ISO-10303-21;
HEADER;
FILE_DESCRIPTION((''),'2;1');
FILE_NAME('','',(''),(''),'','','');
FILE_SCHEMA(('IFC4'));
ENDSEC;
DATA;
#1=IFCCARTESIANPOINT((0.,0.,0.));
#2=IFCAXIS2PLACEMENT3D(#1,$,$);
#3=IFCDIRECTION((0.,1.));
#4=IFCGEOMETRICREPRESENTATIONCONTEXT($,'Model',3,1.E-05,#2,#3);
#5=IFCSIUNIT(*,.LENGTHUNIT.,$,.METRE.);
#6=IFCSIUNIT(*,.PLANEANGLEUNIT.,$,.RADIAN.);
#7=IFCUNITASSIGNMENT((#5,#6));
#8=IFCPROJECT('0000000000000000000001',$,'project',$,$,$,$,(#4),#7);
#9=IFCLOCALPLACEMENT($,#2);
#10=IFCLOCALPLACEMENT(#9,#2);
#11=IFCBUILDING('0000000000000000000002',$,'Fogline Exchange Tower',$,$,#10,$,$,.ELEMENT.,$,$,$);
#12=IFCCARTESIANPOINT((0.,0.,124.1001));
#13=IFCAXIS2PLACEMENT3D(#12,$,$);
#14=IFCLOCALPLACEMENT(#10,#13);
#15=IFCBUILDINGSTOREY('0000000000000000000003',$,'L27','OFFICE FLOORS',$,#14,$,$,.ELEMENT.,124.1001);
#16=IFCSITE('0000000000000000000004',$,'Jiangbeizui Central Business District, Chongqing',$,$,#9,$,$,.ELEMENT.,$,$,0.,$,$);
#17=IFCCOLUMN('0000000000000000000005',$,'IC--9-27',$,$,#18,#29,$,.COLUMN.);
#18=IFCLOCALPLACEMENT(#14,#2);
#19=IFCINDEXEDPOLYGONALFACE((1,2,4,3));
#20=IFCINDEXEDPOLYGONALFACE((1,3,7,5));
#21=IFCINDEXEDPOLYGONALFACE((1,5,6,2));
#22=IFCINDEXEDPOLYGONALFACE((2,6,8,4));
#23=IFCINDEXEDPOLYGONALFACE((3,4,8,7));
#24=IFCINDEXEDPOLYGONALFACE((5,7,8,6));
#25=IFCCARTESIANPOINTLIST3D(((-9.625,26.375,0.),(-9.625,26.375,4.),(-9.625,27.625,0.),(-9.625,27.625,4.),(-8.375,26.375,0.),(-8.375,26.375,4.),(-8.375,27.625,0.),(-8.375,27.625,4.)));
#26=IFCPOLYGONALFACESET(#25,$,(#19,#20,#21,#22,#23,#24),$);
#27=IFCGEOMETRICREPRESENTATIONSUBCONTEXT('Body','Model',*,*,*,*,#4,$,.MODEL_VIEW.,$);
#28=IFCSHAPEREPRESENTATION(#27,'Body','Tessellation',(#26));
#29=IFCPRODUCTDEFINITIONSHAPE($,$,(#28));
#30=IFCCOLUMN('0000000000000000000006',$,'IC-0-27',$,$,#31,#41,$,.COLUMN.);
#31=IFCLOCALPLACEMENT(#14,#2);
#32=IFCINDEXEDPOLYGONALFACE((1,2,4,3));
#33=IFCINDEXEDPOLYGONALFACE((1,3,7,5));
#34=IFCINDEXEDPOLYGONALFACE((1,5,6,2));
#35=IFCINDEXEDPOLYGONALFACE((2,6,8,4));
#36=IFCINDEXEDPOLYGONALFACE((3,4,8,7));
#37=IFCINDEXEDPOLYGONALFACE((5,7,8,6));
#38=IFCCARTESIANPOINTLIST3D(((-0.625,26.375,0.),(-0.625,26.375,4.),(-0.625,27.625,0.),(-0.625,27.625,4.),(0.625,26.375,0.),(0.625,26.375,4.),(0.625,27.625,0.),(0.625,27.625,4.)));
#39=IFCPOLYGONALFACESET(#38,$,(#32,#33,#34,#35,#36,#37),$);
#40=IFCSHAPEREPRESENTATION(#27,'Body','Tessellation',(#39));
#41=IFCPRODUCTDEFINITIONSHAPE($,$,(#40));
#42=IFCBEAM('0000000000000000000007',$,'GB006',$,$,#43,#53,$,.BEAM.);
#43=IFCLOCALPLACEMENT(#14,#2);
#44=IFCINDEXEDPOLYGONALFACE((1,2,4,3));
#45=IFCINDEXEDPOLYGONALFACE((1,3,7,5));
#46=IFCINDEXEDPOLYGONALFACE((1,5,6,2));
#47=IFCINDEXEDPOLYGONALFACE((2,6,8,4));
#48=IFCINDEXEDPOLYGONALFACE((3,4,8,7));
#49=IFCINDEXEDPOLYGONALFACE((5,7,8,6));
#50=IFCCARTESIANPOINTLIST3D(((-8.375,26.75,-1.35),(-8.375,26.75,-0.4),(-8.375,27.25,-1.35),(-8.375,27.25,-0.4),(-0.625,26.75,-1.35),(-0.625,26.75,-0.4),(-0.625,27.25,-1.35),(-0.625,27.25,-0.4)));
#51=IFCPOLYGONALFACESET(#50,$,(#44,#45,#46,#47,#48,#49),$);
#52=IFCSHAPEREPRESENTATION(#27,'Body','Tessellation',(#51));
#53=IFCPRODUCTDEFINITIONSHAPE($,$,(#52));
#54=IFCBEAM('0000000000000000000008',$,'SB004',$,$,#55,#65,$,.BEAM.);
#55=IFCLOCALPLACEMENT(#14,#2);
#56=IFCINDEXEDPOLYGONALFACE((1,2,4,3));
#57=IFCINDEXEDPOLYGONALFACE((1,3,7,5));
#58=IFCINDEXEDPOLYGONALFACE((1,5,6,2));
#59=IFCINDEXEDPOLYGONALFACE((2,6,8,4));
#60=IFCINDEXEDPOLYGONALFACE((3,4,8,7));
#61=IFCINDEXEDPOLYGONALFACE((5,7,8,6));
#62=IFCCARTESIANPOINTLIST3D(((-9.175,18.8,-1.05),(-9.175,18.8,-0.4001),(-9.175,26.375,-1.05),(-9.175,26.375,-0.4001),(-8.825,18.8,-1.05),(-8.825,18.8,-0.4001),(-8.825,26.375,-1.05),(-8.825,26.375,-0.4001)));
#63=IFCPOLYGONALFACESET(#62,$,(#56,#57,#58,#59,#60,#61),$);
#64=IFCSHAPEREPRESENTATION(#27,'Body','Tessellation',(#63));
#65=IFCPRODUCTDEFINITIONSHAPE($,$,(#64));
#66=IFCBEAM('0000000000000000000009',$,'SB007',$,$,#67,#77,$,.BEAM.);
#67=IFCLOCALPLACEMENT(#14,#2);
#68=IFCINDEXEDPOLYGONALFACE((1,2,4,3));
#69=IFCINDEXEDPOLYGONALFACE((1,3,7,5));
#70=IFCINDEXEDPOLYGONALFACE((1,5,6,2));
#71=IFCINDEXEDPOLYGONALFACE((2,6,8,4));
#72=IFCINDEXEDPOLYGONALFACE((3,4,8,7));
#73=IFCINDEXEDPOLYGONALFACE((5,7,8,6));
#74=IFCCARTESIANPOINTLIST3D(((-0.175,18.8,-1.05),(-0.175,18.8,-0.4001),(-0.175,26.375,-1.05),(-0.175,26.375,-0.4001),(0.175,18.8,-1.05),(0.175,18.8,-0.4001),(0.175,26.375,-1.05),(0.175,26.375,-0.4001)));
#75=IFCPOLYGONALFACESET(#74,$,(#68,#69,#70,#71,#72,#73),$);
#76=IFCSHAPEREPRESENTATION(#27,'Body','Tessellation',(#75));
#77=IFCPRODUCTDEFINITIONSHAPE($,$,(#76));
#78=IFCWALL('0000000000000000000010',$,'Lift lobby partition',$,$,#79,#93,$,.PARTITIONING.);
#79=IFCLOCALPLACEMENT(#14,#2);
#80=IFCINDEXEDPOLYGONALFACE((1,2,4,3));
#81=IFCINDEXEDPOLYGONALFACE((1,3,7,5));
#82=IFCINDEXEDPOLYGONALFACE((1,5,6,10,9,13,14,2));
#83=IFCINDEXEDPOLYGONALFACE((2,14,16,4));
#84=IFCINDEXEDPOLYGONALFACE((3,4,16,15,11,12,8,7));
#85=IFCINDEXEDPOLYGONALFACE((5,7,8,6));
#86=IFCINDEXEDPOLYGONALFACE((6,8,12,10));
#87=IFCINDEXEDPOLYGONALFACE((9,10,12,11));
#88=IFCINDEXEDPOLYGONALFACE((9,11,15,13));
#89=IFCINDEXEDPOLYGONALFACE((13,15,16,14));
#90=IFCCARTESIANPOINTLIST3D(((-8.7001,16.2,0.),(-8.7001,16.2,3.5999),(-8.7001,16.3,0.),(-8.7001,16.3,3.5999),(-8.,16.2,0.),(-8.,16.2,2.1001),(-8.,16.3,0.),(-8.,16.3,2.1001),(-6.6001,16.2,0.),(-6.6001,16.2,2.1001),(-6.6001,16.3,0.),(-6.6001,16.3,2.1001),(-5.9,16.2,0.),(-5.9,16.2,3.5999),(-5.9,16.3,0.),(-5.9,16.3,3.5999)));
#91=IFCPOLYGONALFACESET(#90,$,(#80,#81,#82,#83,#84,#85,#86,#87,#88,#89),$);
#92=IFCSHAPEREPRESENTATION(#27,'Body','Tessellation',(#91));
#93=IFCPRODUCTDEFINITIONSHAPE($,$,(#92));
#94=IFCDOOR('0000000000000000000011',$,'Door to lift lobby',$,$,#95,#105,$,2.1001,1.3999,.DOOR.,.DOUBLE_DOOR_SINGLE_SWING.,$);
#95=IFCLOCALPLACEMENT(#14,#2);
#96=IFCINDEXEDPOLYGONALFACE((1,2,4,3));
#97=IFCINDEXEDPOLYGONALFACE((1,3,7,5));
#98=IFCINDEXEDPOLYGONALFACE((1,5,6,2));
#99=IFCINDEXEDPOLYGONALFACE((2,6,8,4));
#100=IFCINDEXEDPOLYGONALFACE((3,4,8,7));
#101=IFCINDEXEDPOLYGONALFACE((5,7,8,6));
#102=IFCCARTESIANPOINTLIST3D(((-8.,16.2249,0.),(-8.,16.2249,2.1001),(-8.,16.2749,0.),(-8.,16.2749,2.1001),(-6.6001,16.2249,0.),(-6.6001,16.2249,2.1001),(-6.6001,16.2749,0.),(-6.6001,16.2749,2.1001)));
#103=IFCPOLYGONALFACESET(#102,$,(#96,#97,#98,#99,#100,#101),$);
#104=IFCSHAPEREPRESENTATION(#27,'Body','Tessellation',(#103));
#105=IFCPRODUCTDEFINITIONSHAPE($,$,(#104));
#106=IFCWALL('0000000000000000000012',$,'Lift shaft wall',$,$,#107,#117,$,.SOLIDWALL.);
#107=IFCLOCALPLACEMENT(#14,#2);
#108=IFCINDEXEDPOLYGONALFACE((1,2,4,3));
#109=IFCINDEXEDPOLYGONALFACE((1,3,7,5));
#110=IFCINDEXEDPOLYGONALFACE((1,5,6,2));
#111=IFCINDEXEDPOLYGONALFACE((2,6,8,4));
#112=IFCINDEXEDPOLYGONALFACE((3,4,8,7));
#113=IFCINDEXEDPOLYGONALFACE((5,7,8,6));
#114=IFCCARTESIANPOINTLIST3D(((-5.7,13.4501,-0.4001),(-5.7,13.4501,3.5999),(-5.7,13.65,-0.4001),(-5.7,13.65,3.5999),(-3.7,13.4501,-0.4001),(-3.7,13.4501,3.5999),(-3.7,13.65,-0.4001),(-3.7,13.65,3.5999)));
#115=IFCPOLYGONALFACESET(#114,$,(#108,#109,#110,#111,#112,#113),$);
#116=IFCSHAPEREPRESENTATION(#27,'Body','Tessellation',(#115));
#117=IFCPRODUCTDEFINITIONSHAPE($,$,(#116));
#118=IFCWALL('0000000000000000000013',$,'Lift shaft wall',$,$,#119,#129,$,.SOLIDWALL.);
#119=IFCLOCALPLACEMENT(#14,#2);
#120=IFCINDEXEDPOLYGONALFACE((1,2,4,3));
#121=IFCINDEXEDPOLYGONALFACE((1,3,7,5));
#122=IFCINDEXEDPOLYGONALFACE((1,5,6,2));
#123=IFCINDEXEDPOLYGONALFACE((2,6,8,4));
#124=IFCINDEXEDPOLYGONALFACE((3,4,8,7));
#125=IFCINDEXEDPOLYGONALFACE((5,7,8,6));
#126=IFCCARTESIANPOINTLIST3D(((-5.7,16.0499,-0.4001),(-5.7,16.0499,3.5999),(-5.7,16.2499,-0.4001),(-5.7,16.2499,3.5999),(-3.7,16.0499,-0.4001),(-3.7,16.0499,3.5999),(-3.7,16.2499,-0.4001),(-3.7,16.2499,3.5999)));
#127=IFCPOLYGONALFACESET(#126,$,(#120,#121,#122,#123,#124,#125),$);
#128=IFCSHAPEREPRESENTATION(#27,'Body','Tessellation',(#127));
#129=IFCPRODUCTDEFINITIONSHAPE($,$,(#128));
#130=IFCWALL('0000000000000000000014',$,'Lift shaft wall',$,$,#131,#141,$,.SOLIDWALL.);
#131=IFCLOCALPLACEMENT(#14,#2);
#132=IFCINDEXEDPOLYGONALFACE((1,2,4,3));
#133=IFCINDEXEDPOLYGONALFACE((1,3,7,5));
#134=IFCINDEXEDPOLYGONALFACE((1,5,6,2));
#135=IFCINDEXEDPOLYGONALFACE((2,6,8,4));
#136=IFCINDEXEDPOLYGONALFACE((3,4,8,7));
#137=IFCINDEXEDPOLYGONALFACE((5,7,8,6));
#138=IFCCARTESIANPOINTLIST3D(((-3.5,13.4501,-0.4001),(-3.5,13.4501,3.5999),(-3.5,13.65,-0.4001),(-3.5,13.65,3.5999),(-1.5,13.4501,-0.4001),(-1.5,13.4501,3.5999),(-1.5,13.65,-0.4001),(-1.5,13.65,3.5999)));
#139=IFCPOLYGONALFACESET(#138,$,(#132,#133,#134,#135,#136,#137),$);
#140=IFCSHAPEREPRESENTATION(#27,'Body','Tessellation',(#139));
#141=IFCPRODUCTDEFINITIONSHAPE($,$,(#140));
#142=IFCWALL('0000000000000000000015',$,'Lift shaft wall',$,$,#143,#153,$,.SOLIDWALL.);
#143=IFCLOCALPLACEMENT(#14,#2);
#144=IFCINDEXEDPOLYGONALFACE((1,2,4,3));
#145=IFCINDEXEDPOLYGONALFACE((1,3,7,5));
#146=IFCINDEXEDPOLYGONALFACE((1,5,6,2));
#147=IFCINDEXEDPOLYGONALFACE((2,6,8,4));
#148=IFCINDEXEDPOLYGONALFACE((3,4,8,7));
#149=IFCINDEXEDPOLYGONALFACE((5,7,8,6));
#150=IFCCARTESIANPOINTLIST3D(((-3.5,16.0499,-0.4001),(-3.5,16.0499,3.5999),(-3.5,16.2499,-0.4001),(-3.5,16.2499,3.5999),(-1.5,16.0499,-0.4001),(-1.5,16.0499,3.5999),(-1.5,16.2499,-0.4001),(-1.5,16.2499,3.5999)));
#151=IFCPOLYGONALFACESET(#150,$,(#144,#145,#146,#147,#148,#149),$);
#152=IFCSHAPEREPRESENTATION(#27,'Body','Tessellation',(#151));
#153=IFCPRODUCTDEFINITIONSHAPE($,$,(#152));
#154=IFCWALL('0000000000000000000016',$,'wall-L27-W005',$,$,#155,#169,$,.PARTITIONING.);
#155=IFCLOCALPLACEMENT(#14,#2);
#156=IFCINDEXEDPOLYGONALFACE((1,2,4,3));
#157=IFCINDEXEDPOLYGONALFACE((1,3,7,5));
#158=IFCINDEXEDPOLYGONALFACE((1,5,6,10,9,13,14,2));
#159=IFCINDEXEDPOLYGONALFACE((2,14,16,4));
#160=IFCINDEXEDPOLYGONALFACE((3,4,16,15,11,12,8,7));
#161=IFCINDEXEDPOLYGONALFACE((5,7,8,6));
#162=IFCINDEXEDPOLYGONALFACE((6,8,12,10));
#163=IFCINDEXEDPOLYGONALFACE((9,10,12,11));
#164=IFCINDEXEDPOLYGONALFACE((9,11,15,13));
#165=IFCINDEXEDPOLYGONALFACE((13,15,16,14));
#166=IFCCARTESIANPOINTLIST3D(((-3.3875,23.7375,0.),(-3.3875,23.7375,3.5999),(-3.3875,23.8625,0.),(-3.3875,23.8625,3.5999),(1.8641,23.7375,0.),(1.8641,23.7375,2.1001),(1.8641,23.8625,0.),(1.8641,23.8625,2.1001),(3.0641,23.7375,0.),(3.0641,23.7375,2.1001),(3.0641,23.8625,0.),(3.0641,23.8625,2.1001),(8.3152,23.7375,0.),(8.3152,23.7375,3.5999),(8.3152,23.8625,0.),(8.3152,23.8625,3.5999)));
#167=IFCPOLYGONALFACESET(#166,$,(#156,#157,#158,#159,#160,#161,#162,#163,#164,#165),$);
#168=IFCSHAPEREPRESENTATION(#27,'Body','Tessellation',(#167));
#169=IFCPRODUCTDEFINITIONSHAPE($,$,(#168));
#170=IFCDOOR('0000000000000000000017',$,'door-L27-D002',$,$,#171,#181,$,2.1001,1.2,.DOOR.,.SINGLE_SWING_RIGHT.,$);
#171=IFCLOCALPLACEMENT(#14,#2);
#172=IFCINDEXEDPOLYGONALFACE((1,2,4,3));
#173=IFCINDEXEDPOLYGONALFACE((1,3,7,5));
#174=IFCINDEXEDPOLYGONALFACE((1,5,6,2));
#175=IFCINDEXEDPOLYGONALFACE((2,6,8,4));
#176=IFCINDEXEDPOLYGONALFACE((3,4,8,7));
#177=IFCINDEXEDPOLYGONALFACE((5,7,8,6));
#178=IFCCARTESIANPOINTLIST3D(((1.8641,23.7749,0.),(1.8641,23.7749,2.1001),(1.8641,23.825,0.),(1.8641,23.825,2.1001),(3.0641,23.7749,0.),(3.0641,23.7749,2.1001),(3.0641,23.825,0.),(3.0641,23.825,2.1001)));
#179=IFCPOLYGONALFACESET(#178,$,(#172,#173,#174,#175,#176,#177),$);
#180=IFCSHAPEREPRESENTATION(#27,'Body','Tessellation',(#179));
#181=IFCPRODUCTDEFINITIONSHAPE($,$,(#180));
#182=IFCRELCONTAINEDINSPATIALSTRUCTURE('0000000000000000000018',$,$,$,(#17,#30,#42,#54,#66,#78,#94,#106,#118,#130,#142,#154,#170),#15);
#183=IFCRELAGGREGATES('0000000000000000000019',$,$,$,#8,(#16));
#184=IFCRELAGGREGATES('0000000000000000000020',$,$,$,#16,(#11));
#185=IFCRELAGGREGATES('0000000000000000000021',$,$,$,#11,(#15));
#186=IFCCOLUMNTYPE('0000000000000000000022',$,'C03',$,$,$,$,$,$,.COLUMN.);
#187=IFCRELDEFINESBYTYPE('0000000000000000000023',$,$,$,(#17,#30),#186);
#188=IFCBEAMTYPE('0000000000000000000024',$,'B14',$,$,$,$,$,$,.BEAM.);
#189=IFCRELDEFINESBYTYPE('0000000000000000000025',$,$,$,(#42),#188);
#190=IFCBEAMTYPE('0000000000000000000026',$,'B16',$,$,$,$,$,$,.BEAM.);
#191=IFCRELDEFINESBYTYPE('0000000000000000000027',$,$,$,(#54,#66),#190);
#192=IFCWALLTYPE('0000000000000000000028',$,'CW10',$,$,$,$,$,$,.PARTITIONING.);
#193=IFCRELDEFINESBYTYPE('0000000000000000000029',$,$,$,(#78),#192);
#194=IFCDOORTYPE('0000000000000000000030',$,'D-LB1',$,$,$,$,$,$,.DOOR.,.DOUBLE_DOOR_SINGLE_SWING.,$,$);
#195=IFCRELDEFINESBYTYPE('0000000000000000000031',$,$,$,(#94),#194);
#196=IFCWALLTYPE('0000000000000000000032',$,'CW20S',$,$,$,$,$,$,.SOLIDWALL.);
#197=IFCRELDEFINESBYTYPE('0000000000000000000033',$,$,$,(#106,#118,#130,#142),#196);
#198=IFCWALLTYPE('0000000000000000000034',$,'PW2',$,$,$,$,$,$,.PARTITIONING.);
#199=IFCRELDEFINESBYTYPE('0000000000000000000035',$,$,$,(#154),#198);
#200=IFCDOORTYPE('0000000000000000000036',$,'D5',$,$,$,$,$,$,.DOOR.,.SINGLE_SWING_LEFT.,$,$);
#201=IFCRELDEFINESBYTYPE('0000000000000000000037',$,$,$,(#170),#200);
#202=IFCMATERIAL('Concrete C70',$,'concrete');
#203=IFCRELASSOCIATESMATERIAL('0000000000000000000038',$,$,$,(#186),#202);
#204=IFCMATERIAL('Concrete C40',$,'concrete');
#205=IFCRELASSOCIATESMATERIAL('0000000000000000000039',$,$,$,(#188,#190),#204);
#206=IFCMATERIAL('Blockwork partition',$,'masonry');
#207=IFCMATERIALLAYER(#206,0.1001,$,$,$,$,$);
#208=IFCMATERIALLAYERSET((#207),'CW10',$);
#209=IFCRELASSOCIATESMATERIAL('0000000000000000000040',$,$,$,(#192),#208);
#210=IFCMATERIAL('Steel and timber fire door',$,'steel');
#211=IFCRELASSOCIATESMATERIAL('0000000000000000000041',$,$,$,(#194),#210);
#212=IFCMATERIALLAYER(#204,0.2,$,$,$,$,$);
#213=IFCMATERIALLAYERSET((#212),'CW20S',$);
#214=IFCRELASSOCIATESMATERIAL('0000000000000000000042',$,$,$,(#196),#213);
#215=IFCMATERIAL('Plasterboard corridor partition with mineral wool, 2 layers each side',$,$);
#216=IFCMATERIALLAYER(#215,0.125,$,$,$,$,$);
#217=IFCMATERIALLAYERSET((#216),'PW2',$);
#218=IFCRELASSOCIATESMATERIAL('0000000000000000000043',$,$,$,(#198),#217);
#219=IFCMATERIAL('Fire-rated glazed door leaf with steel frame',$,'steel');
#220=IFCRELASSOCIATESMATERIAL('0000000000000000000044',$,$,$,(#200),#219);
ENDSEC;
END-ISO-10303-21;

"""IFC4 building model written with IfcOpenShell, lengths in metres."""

from ifc_helpers import new_model, si_unit, direction, frame, frame_2d, origin, origin_2d, place, context, subcontext, project, spatial, rectangle, extrude, material, layer, layer_set, material_profile, profile_set, type_object, element, fill, save


model = new_model("IFC4")

# Units and contexts
model_context = context("Model", 3, precision=1e-05, world=origin(), true_north=direction((0.0, 1.0)))
body_context = subcontext(model_context, "Body", "Model", "MODEL_VIEW")
ifc_project = project(units=[si_unit("LENGTHUNIT", "METRE"), si_unit("PLANEANGLEUNIT", "RADIAN")], contexts=[model_context])

# Site, building, storey
site_placement = place(None, origin())
site = spatial("IfcSite", under=ifc_project, at=site_placement, Name="Jiangbeizui Central Business District, Chongqing", CompositionType="ELEMENT", RefElevation=0.0)
building_placement = place(site_placement, origin())
building = spatial("IfcBuilding", under=site, at=building_placement, Name="Fogline Exchange Tower", CompositionType="ELEMENT")
storey_placement = place(building_placement, frame((0.0, 0.0, 124.1001)))
storey = spatial("IfcBuildingStorey", under=building, at=storey_placement, Name="L27", Description="OFFICE FLOORS", CompositionType="ELEMENT", Elevation=124.1001)

# Columns
ifc_material_1 = material(Name="Concrete C70", Category="concrete")
ifc_material_profile_1 = material_profile(ifc_material_1, rectangle(XDim=1.25, YDim=1.25, at=origin_2d()), Name="RC 1250x1250")
ifc_profile_set_1 = profile_set([ifc_material_profile_1], Name="Concrete C70")
column_type = type_object("IfcColumnType", Name="C03", PredefinedType="COLUMN", material=ifc_profile_set_1)
for number, where, z_axis, x_axis, name in (
    (1, (-9.0, 27.0, 0.0), (0.0, 0.0, 1.0), (1.0, 0.0, 0.0), "IC--9-27"),
    (2, (0.0, 27.0, 0.0), (0.0, 0.0, 1.0), (1.0, 0.0, 0.0), "IC-0-27"),
):
    element("IfcColumn", number, at=place(storey_placement, frame(where, z_axis=z_axis, x_axis=x_axis)), inside=storey, type_object=column_type, Name=name, PredefinedType="COLUMN", context=body_context, shape_type="SweptSolid", body=[
        extrude(rectangle(XDim=1.25, YDim=1.25, at=origin_2d()), origin(), (0.0, 0.0, 1.0), 4.0),
    ])

# Beams
ifc_material_2 = material(Name="Concrete C40", Category="concrete")
ifc_material_profile_2 = material_profile(ifc_material_2, rectangle(XDim=0.5, YDim=0.95, at=origin_2d()), Name="RC 500x950")
ifc_profile_set_2 = profile_set([ifc_material_profile_2], Name="Concrete C40")
beam_type_1 = type_object("IfcBeamType", Name="B14", PredefinedType="BEAM", material=ifc_profile_set_2)
beam_placement = place(storey_placement, frame((-8.375, 27.0, -0.875), z_axis=(1.0, 0.0, 0.0), x_axis=(0.0, 1.0, 0.0)))
element("IfcBeam", 3, at=beam_placement, inside=storey, type_object=beam_type_1, Name="GB006", PredefinedType="BEAM", context=body_context, shape_type="SweptSolid", body=[
    extrude(rectangle(XDim=0.5, YDim=0.95, at=origin_2d()), origin(), (0.0, 0.0, 1.0), 7.75),
])
ifc_material_profile_3 = material_profile(ifc_material_2, rectangle(XDim=0.3501, YDim=0.6499, at=origin_2d()), Name="RC 350x650")
ifc_profile_set_3 = profile_set([ifc_material_profile_3], Name="Concrete C40")
beam_type_2 = type_object("IfcBeamType", Name="B16", PredefinedType="BEAM", material=ifc_profile_set_3)
for number, where, z_axis, x_axis, name in (
    (4, (-9.0, 18.8, -0.7251), (0.0, 1.0, 0.0), (-1.0, 0.0, 0.0), "SB004"),
    (5, (0.0, 18.8, -0.7251), (0.0, 1.0, 0.0), (-1.0, 0.0, 0.0), "SB007"),
):
    element("IfcBeam", number, at=place(storey_placement, frame(where, z_axis=z_axis, x_axis=x_axis)), inside=storey, type_object=beam_type_2, Name=name, PredefinedType="BEAM", context=body_context, shape_type="SweptSolid", body=[
        extrude(rectangle(XDim=0.3501, YDim=0.6499, at=origin_2d()), origin(), (0.0, 0.0, 1.0), 7.575),
    ])

# Wall, opening, door
ifc_material_3 = material(Name="Blockwork partition", Category="masonry")
ifc_layer_1 = layer(ifc_material_3, 0.1001)
ifc_layer_set_1 = layer_set([ifc_layer_1], Name="CW10")
wall_type_1 = type_object("IfcWallType", Name="CW10", PredefinedType="PARTITIONING", material=ifc_layer_set_1)
wall_1_placement = place(storey_placement, frame((-8.7, 16.25, 0.0), z_axis=(0.0, 0.0, 1.0), x_axis=(1.0, 0.0, 0.0)))
wall_1 = element("IfcWall", 6, at=wall_1_placement, inside=storey, type_object=wall_type_1, Name="Lift lobby partition", PredefinedType="PARTITIONING", context=body_context, shape_type="SweptSolid", body=[
    extrude(rectangle(XDim=2.8, YDim=0.1001, at=frame_2d((1.3999, 0.0))), origin(), (0.0, 0.0, 1.0), 3.5999),
])
opening_1_placement = place(wall_1_placement, frame((0.7, 0.0, 0.0)))
opening_1 = element("IfcOpeningElement", 7, at=opening_1_placement, cuts=wall_1, PredefinedType="OPENING", context=body_context, shape_type="SweptSolid", body=[
    extrude(rectangle(XDim=1.3999, YDim=2.1001, at=frame_2d((0.7, 1.05))), frame((0.0, 0.0601, 0.0), z_axis=(0.0, -1.0, 0.0), x_axis=(1.0, 0.0, 0.0)), (0.0, 0.0, 1.0), 0.1201),
])
ifc_material_4 = material(Name="Steel and timber fire door", Category="steel")
door_type_1 = type_object("IfcDoorType", Name="D-LB1", OperationType="DOUBLE_DOOR_SINGLE_SWING", PredefinedType="DOOR", material=ifc_material_4)
door_1_placement = place(opening_1_placement, origin())
door_1 = element("IfcDoor", 8, at=door_1_placement, inside=storey, type_object=door_type_1, Name="Door to lift lobby", OperationType="DOUBLE_DOOR_SINGLE_SWING", OverallHeight=2.1001, OverallWidth=1.3999, PredefinedType="DOOR", context=body_context, shape_type="SweptSolid", body=[
    extrude(rectangle(XDim=1.3999, YDim=2.1001, at=frame_2d((0.7, 1.05))), frame((0.0, 0.0249, 0.0), z_axis=(0.0, -1.0, 0.0), x_axis=(1.0, 0.0, 0.0)), (0.0, 0.0, 1.0), 0.05),
])
fill(opening_1, door_1)

# Walls
ifc_layer_2 = layer(ifc_material_2, 0.2)
ifc_layer_set_2 = layer_set([ifc_layer_2], Name="CW20S")
wall_type_2 = type_object("IfcWallType", Name="CW20S", PredefinedType="SOLIDWALL", material=ifc_layer_set_2)
for number, where, z_axis, x_axis, name in (
    (9, (-5.7, 13.55, -0.4001), (0.0, 0.0, 1.0), (1.0, 0.0, 0.0), "Lift shaft wall"),
    (10, (-5.7, 16.1499, -0.4001), (0.0, 0.0, 1.0), (1.0, 0.0, 0.0), "Lift shaft wall"),
    (11, (-3.5, 13.55, -0.4001), (0.0, 0.0, 1.0), (1.0, 0.0, 0.0), "Lift shaft wall"),
    (12, (-3.5, 16.1499, -0.4001), (0.0, 0.0, 1.0), (1.0, 0.0, 0.0), "Lift shaft wall"),
):
    element("IfcWall", number, at=place(storey_placement, frame(where, z_axis=z_axis, x_axis=x_axis)), inside=storey, type_object=wall_type_2, Name=name, PredefinedType="SOLIDWALL", context=body_context, shape_type="SweptSolid", body=[
        extrude(rectangle(XDim=2.0, YDim=0.2, at=frame_2d((1.0, 0.0))), origin(), (0.0, 0.0, 1.0), 4.0),
    ])

# Wall, opening, door
ifc_material_5 = material(Name="Plasterboard corridor partition with mineral wool, 2 layers each side")
ifc_layer_3 = layer(ifc_material_5, 0.125)
ifc_layer_set_3 = layer_set([ifc_layer_3], Name="PW2")
wall_type_3 = type_object("IfcWallType", Name="PW2", PredefinedType="PARTITIONING", material=ifc_layer_set_3)
wall_2_placement = place(storey_placement, frame((-3.3875, 23.8, 0.0), z_axis=(0.0, 0.0, 1.0), x_axis=(1.0, 0.0, 0.0)))
wall_2 = element("IfcWall", 13, at=wall_2_placement, inside=storey, type_object=wall_type_3, Name="wall-L27-W005", PredefinedType="PARTITIONING", context=body_context, shape_type="SweptSolid", body=[
    extrude(rectangle(XDim=11.7026, YDim=0.125, at=frame_2d((5.8513, 0.0))), origin(), (0.0, 0.0, 1.0), 3.5999),
])
opening_2_placement = place(wall_2_placement, frame((5.2515, 0.0, 0.0)))
opening_2 = element("IfcOpeningElement", 14, at=opening_2_placement, cuts=wall_2, PredefinedType="OPENING", context=body_context, shape_type="SweptSolid", body=[
    extrude(rectangle(XDim=1.2, YDim=2.1001, at=frame_2d((0.6001, 1.05))), frame((0.0, 0.0725, 0.0), z_axis=(0.0, -1.0, 0.0), x_axis=(1.0, 0.0, 0.0)), (0.0, 0.0, 1.0), 0.145),
])
ifc_material_6 = material(Name="Fire-rated glazed door leaf with steel frame", Category="steel")
door_type_2 = type_object("IfcDoorType", Name="D5", OperationType="SINGLE_SWING_LEFT", PredefinedType="DOOR", material=ifc_material_6)
door_2_placement = place(opening_2_placement, origin())
door_2 = element("IfcDoor", 15, at=door_2_placement, inside=storey, type_object=door_type_2, Name="door-L27-D002", OperationType="SINGLE_SWING_RIGHT", OverallHeight=2.1001, OverallWidth=1.2, PredefinedType="DOOR", context=body_context, shape_type="SweptSolid", body=[
    extrude(rectangle(XDim=1.2, YDim=2.1001, at=frame_2d((0.6001, 1.05))), frame((0.0, 0.0249, 0.0), z_axis=(0.0, -1.0, 0.0), x_axis=(1.0, 0.0, 0.0)), (0.0, 0.0, 1.0), 0.05),
])
fill(opening_2, door_2)

save(model, "model.ifc")
